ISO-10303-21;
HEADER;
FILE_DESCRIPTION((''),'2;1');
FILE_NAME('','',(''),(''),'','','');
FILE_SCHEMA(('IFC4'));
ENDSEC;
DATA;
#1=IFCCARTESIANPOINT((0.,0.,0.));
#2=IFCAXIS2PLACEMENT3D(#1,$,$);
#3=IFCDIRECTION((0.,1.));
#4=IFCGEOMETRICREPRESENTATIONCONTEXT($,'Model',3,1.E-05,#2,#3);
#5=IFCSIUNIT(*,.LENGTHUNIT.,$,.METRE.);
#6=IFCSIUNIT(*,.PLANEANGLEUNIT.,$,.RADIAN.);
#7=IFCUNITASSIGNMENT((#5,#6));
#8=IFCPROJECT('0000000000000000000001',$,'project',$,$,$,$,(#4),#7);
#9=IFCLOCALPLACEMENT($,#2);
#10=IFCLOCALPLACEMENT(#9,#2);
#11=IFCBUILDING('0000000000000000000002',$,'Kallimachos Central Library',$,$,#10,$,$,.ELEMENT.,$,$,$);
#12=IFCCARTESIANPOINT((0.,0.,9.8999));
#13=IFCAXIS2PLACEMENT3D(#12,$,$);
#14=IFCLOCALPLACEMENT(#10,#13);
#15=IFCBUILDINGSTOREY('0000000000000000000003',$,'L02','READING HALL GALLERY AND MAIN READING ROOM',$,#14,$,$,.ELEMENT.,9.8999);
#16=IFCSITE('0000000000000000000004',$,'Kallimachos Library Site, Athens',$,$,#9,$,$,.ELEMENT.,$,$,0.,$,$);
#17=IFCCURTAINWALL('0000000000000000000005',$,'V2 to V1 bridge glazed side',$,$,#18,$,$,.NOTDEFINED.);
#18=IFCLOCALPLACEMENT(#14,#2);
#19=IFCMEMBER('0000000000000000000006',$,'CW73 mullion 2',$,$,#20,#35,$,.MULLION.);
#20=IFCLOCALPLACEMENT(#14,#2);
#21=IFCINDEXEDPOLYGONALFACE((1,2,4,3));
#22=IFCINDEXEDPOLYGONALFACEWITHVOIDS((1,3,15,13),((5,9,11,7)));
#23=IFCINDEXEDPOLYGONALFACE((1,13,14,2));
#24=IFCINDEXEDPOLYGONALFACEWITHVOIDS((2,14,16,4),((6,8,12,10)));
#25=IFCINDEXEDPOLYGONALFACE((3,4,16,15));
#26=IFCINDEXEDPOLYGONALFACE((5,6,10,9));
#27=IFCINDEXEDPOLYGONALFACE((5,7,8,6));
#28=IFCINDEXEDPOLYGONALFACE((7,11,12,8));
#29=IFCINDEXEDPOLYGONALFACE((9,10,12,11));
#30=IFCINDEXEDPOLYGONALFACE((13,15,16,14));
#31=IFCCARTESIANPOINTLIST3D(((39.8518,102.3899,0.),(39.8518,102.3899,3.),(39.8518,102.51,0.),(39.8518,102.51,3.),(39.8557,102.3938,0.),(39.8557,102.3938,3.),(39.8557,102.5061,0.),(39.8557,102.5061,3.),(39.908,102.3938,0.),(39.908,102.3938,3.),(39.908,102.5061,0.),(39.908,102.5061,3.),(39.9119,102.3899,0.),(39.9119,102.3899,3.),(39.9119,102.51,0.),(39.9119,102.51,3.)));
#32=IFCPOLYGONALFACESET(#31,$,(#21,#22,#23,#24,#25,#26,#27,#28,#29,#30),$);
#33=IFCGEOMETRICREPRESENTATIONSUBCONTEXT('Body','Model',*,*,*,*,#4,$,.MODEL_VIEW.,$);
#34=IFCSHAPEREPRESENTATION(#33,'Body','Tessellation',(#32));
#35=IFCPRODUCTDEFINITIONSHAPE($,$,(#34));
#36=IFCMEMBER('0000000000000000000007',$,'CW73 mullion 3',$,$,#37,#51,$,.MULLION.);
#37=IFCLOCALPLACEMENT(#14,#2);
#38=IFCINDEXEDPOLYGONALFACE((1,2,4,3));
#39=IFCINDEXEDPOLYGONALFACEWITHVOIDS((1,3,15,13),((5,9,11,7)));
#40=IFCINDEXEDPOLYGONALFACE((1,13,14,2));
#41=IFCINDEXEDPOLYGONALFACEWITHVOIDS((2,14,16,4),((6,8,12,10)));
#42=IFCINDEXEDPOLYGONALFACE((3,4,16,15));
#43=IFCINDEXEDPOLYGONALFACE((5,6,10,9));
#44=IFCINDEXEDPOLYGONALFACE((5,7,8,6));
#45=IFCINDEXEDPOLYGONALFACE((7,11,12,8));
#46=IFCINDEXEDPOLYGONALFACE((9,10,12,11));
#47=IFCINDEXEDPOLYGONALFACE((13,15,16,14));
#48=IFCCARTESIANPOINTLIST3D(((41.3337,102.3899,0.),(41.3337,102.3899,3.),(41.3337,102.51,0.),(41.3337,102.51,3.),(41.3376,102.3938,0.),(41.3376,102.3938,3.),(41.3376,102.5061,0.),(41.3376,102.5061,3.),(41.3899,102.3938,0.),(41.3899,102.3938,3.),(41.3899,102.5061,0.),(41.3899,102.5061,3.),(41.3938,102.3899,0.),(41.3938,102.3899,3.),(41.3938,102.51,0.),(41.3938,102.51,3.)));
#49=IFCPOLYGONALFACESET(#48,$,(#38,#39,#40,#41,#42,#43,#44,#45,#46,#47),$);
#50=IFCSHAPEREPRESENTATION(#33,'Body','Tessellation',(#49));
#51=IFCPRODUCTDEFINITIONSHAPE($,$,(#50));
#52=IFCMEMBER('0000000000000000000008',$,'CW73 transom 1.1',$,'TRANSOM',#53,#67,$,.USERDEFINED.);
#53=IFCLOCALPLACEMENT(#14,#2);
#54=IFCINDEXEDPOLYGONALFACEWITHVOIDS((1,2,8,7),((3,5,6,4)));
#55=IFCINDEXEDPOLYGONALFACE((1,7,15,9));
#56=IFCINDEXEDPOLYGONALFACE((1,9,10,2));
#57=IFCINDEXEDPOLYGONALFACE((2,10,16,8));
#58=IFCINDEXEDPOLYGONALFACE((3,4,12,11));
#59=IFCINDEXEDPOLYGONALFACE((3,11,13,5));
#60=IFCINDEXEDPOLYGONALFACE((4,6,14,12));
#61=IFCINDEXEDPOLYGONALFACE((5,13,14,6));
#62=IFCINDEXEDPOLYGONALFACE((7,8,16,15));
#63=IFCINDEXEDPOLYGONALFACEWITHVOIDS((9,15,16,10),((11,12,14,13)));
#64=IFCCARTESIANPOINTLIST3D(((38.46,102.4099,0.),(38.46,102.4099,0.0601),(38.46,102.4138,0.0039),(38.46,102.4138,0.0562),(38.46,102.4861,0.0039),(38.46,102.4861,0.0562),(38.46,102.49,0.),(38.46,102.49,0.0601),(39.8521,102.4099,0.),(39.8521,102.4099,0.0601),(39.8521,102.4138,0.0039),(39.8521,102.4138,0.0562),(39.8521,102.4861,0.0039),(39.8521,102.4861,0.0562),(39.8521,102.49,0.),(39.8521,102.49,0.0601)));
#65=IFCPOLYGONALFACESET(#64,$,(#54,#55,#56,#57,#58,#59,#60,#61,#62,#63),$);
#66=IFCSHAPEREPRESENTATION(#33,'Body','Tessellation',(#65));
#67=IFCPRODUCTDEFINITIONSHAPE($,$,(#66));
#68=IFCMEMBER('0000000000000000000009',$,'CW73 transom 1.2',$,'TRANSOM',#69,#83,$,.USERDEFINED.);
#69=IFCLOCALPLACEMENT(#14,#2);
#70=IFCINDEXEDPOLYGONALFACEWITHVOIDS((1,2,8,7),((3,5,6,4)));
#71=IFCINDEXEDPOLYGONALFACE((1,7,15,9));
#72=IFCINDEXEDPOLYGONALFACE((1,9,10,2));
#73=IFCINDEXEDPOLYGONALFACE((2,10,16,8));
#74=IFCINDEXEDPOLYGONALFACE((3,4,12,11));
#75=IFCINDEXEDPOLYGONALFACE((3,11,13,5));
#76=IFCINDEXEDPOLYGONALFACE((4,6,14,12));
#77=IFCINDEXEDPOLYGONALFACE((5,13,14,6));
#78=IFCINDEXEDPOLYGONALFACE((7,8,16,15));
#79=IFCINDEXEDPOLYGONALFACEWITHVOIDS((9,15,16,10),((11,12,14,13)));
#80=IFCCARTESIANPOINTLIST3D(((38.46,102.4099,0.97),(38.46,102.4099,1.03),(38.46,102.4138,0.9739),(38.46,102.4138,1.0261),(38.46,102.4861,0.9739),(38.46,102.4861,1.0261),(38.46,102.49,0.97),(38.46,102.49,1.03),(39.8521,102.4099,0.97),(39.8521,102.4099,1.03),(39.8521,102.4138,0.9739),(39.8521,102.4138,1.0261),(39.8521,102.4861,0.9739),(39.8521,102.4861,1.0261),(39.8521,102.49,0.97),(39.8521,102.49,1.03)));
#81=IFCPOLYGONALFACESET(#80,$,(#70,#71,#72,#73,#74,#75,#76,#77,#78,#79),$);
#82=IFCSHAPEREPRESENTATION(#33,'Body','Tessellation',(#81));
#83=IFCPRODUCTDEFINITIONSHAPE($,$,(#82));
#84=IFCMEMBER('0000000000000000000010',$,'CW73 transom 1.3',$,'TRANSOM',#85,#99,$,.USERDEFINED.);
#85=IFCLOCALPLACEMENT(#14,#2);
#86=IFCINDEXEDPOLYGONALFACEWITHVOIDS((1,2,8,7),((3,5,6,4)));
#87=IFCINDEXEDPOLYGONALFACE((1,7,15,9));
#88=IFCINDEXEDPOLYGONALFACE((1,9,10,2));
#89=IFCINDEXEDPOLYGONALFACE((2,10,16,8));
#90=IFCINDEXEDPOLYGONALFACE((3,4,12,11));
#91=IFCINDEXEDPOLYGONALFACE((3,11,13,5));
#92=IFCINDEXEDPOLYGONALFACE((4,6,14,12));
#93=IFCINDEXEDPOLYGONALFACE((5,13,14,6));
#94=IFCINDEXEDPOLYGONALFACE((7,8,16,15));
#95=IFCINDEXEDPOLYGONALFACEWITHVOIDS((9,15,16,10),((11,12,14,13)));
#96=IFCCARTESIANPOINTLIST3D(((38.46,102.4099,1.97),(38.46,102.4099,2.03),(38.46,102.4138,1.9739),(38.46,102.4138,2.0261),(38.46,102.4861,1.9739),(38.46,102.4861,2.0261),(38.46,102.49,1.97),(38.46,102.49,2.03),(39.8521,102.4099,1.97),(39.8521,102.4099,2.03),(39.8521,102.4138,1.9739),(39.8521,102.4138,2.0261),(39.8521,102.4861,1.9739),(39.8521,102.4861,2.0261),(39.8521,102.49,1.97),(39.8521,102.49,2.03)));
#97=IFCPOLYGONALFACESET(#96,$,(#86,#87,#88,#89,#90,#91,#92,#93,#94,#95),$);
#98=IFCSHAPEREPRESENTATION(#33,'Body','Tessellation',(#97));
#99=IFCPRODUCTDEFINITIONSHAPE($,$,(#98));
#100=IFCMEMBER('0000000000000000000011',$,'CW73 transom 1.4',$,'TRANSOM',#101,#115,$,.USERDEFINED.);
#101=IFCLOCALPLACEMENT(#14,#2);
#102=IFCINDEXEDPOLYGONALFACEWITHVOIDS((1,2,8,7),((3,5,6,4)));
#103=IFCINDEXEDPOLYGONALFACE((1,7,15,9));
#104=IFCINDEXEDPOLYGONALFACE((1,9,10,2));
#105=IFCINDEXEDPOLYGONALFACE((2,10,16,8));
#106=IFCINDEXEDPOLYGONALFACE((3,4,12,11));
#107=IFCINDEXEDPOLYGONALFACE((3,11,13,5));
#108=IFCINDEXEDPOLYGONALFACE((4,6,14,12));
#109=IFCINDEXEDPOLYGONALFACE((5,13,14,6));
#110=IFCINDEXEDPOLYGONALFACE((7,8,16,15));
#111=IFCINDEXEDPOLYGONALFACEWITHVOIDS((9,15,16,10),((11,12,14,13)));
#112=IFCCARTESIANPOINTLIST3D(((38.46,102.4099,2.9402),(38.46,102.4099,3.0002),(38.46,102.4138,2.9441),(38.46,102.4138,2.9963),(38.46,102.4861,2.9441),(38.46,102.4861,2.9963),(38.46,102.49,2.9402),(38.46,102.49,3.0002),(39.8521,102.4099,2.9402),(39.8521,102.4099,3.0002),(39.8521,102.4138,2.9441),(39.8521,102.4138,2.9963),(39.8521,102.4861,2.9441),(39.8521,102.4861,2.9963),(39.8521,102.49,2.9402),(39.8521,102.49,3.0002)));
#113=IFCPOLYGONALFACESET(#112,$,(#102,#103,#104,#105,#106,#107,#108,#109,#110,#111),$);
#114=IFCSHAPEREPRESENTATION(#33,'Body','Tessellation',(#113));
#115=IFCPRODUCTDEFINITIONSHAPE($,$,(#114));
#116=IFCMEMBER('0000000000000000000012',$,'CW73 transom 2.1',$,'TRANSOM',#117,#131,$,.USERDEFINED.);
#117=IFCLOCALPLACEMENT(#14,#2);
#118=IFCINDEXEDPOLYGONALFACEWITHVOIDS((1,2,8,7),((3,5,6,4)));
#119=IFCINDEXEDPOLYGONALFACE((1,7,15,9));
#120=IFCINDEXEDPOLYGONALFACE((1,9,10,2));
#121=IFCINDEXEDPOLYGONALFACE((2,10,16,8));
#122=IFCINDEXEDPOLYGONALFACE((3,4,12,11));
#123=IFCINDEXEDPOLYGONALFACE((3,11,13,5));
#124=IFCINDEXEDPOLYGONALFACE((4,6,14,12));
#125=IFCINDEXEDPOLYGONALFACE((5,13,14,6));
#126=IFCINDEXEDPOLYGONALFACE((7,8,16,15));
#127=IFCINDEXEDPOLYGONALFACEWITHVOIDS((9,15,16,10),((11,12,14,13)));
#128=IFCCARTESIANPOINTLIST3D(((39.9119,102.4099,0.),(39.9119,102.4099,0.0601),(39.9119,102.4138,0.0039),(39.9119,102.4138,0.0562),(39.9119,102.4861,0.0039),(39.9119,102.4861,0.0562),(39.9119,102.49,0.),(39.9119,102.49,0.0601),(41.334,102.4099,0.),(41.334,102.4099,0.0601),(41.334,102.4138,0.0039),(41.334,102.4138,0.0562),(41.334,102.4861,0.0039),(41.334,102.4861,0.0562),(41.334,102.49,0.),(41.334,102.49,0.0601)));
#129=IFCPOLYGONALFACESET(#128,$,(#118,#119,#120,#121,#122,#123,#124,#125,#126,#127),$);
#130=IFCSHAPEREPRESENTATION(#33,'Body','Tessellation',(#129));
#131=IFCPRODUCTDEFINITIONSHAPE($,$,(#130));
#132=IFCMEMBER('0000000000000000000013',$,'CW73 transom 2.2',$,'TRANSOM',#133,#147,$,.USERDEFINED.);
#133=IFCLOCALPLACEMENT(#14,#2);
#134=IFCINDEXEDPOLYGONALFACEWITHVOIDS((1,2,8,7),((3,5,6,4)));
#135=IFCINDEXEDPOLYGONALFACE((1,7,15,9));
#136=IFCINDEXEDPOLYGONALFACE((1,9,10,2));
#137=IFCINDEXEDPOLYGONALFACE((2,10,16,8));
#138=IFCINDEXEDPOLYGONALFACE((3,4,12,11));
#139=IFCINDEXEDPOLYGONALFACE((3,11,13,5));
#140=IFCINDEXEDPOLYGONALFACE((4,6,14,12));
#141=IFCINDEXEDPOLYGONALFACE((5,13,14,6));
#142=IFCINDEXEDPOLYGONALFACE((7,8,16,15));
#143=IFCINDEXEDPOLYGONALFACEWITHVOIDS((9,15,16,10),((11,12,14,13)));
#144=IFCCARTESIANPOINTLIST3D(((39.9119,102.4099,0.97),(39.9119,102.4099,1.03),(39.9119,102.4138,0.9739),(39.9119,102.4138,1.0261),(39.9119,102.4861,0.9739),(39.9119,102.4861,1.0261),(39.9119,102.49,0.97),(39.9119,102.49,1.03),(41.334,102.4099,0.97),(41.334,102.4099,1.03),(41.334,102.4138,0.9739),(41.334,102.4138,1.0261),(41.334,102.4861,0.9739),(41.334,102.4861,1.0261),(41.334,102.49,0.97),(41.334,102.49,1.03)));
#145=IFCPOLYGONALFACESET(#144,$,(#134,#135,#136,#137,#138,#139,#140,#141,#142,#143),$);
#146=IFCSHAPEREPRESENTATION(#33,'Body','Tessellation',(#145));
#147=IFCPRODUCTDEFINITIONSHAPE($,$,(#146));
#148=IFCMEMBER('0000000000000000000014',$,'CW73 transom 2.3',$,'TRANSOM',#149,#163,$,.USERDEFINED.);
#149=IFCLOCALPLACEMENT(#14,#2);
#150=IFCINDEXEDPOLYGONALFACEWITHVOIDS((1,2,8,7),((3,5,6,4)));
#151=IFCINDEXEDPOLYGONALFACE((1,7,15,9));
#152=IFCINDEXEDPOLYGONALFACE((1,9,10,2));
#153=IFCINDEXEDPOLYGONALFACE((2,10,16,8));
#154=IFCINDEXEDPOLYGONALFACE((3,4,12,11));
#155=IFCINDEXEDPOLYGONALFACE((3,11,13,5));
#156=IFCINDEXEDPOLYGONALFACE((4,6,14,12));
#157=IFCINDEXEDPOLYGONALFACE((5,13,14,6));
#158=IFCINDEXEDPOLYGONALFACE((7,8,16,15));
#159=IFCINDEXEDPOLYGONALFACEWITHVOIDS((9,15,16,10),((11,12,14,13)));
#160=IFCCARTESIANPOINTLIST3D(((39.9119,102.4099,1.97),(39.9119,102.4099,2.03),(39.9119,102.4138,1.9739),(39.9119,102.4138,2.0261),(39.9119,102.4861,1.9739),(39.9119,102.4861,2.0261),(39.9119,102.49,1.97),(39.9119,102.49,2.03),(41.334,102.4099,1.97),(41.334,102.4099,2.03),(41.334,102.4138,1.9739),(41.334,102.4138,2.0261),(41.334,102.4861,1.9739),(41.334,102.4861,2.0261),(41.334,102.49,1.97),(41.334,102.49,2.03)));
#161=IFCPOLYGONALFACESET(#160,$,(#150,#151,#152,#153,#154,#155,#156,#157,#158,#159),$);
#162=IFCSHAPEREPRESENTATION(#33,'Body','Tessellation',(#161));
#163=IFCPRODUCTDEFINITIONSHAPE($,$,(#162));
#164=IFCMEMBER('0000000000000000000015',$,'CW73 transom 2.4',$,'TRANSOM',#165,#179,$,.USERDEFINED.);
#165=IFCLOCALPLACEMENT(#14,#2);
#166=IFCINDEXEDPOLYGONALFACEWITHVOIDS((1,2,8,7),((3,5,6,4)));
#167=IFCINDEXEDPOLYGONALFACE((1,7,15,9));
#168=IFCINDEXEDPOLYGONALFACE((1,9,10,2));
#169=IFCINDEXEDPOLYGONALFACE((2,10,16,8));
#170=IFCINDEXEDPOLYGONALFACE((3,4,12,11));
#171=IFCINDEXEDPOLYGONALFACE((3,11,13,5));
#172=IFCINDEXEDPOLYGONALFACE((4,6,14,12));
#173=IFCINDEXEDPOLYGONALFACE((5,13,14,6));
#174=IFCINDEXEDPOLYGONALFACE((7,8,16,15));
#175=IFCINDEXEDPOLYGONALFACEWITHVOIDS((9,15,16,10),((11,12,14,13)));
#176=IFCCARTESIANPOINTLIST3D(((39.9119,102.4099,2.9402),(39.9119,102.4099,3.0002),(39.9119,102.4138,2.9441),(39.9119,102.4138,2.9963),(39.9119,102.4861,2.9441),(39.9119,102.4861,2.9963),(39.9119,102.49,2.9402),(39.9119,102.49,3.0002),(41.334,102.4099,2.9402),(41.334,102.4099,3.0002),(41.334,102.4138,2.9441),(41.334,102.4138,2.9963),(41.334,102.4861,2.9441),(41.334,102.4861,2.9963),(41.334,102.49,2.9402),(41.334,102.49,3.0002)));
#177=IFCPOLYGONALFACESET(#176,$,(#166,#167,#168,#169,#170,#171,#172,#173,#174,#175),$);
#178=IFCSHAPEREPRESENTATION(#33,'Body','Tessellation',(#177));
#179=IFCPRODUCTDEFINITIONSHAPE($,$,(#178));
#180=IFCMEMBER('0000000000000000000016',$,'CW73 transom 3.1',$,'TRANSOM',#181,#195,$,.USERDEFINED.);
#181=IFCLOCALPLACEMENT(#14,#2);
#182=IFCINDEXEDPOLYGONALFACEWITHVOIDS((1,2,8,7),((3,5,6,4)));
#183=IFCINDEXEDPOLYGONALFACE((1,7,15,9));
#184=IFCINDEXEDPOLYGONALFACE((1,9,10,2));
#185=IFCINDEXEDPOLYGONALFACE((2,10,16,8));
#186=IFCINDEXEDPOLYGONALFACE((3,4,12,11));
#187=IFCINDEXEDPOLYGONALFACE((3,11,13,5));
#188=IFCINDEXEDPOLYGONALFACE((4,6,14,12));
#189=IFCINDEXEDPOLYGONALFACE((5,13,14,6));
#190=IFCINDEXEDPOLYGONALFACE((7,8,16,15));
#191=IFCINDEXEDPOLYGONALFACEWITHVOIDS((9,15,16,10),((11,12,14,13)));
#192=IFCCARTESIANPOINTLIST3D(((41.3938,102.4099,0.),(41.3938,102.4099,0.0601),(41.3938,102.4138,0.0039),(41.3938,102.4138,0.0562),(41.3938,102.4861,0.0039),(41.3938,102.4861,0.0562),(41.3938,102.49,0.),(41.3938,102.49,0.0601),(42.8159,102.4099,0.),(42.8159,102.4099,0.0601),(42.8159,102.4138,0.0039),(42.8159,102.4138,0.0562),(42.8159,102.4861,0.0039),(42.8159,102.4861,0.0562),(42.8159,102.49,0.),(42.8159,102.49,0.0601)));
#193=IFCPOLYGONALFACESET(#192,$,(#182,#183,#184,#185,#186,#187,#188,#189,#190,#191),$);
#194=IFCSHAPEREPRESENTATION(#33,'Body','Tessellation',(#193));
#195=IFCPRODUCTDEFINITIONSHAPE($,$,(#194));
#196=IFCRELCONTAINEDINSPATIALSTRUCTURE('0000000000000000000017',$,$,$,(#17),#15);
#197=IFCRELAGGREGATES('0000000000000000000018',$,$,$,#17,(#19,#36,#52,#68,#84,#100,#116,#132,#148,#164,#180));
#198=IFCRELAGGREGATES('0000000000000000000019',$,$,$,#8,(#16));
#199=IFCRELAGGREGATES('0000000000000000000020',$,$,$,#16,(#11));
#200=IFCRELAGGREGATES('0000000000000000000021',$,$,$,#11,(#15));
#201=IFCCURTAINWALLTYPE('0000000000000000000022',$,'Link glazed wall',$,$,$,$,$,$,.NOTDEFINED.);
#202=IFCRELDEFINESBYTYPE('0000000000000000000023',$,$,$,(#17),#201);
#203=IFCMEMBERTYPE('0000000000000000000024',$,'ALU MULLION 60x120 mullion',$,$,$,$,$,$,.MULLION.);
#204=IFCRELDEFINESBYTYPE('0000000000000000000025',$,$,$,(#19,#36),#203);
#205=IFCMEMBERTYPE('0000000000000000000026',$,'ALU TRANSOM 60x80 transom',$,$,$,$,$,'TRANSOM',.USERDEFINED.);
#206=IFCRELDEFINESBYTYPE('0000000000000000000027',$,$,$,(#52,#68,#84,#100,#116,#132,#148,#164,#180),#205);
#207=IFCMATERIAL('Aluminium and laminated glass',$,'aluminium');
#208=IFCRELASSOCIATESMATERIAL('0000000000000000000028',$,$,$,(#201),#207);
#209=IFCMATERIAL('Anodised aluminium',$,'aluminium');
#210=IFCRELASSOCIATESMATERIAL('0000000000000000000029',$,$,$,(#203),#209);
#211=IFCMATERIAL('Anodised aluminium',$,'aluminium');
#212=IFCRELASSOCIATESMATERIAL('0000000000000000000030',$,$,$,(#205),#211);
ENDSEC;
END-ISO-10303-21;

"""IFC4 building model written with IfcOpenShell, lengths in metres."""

from ifc_helpers import new_model, si_unit, direction, frame, origin, origin_2d, place, context, subcontext, project, spatial, hollow_rectangle, extrude, material, material_profile, profile_set, type_object, element, aggregate, save


model = new_model("IFC4")

# Units and contexts
model_context = context("Model", 3, precision=1e-05, world=origin(), true_north=direction((0.0, 1.0)))
body_context = subcontext(model_context, "Body", "Model", "MODEL_VIEW")
ifc_project = project(units=[si_unit("LENGTHUNIT", "METRE"), si_unit("PLANEANGLEUNIT", "RADIAN")], contexts=[model_context])

# Site, building, storey
site_placement = place(None, origin())
site = spatial("IfcSite", under=ifc_project, at=site_placement, Name="Kallimachos Library Site, Athens", CompositionType="ELEMENT", RefElevation=0.0)
building_placement = place(site_placement, origin())
building = spatial("IfcBuilding", under=site, at=building_placement, Name="Kallimachos Central Library", CompositionType="ELEMENT")
storey_placement = place(building_placement, frame((0.0, 0.0, 9.8999)))
storey = spatial("IfcBuildingStorey", under=building, at=storey_placement, Name="L02", Description="READING HALL GALLERY AND MAIN READING ROOM", CompositionType="ELEMENT", Elevation=9.8999)

# Curtain wall, members
ifc_material_1 = material(Name="Aluminium and laminated glass", Category="aluminium")
curtain_wall_type = type_object("IfcCurtainWallType", Name="Link glazed wall", PredefinedType="NOTDEFINED", material=ifc_material_1)
curtain_wall_placement = place(storey_placement, origin())
curtain_wall = element("IfcCurtainWall", 1, at=curtain_wall_placement, inside=storey, type_object=curtain_wall_type, Name="V2 to V1 bridge glazed side", PredefinedType="NOTDEFINED")
ifc_material_2 = material(Name="Anodised aluminium", Category="aluminium")
ifc_material_profile_1 = material_profile(ifc_material_2, hollow_rectangle(XDim=0.0601, YDim=0.1201, WallThickness=0.0039, at=origin_2d()), Name="ALU MULLION 60x120")
ifc_profile_set_1 = profile_set([ifc_material_profile_1], Name="Anodised aluminium")
member_type_1 = type_object("IfcMemberType", Name="ALU MULLION 60x120 mullion", PredefinedType="MULLION", material=ifc_profile_set_1)
member_1_placement = place(storey_placement, frame((39.8818, 102.45, 0.0), z_axis=(0.0, 0.0, 1.0), x_axis=(1.0, 0.0, 0.0)))
member_1 = element("IfcMember", 2, at=member_1_placement, type_object=member_type_1, Name="CW73 mullion 2", PredefinedType="MULLION", context=body_context, shape_type="SweptSolid", body=[
    extrude(hollow_rectangle(XDim=0.0601, YDim=0.1201, WallThickness=0.0039, at=origin_2d()), origin(), (0.0, 0.0, 1.0), 3.0),
])
member_2_placement = place(storey_placement, frame((41.3638, 102.45, 0.0), z_axis=(0.0, 0.0, 1.0), x_axis=(1.0, 0.0, 0.0)))
member_2 = element("IfcMember", 3, at=member_2_placement, type_object=member_type_1, Name="CW73 mullion 3", PredefinedType="MULLION", context=body_context, shape_type="SweptSolid", body=[
    extrude(hollow_rectangle(XDim=0.0601, YDim=0.1201, WallThickness=0.0039, at=origin_2d()), origin(), (0.0, 0.0, 1.0), 3.0),
])
ifc_material_3 = material(Name="Anodised aluminium", Category="aluminium")
ifc_material_profile_2 = material_profile(ifc_material_3, hollow_rectangle(XDim=0.0601, YDim=0.0801, WallThickness=0.0039, at=origin_2d()), Name="ALU TRANSOM 60x80")
ifc_profile_set_2 = profile_set([ifc_material_profile_2], Name="Anodised aluminium")
member_type_2 = type_object("IfcMemberType", Name="ALU TRANSOM 60x80 transom", ElementType="TRANSOM", PredefinedType="USERDEFINED", material=ifc_profile_set_2)
member_3_placement = place(storey_placement, frame((38.46, 102.45, 0.03), z_axis=(1.0, 0.0, 0.0), x_axis=(0.0, 0.0, 1.0)))
member_3 = element("IfcMember", 4, at=member_3_placement, type_object=member_type_2, Name="CW73 transom 1.1", ObjectType="TRANSOM", PredefinedType="USERDEFINED", context=body_context, shape_type="SweptSolid", body=[
    extrude(hollow_rectangle(XDim=0.0601, YDim=0.0801, WallThickness=0.0039, at=origin_2d()), origin(), (0.0, 0.0, 1.0), 1.3921),
])
member_4_placement = place(storey_placement, frame((38.46, 102.45, 1.0), z_axis=(1.0, 0.0, 0.0), x_axis=(0.0, 0.0, 1.0)))
member_4 = element("IfcMember", 5, at=member_4_placement, type_object=member_type_2, Name="CW73 transom 1.2", ObjectType="TRANSOM", PredefinedType="USERDEFINED", context=body_context, shape_type="SweptSolid", body=[
    extrude(hollow_rectangle(XDim=0.0601, YDim=0.0801, WallThickness=0.0039, at=origin_2d()), origin(), (0.0, 0.0, 1.0), 1.3921),
])
member_5_placement = place(storey_placement, frame((38.46, 102.45, 2.0), z_axis=(1.0, 0.0, 0.0), x_axis=(0.0, 0.0, 1.0)))
member_5 = element("IfcMember", 6, at=member_5_placement, type_object=member_type_2, Name="CW73 transom 1.3", ObjectType="TRANSOM", PredefinedType="USERDEFINED", context=body_context, shape_type="SweptSolid", body=[
    extrude(hollow_rectangle(XDim=0.0601, YDim=0.0801, WallThickness=0.0039, at=origin_2d()), origin(), (0.0, 0.0, 1.0), 1.3921),
])
member_6_placement = place(storey_placement, frame((38.46, 102.45, 2.9702), z_axis=(1.0, 0.0, 0.0), x_axis=(0.0, 0.0, 1.0)))
member_6 = element("IfcMember", 7, at=member_6_placement, type_object=member_type_2, Name="CW73 transom 1.4", ObjectType="TRANSOM", PredefinedType="USERDEFINED", context=body_context, shape_type="SweptSolid", body=[
    extrude(hollow_rectangle(XDim=0.0601, YDim=0.0801, WallThickness=0.0039, at=origin_2d()), origin(), (0.0, 0.0, 1.0), 1.3921),
])
member_7_placement = place(storey_placement, frame((39.9119, 102.45, 0.03), z_axis=(1.0, 0.0, 0.0), x_axis=(0.0, 0.0, 1.0)))
member_7 = element("IfcMember", 8, at=member_7_placement, type_object=member_type_2, Name="CW73 transom 2.1", ObjectType="TRANSOM", PredefinedType="USERDEFINED", context=body_context, shape_type="SweptSolid", body=[
    extrude(hollow_rectangle(XDim=0.0601, YDim=0.0801, WallThickness=0.0039, at=origin_2d()), origin(), (0.0, 0.0, 1.0), 1.4221),
])
member_8_placement = place(storey_placement, frame((39.9119, 102.45, 1.0), z_axis=(1.0, 0.0, 0.0), x_axis=(0.0, 0.0, 1.0)))
member_8 = element("IfcMember", 9, at=member_8_placement, type_object=member_type_2, Name="CW73 transom 2.2", ObjectType="TRANSOM", PredefinedType="USERDEFINED", context=body_context, shape_type="SweptSolid", body=[
    extrude(hollow_rectangle(XDim=0.0601, YDim=0.0801, WallThickness=0.0039, at=origin_2d()), origin(), (0.0, 0.0, 1.0), 1.4221),
])
member_9_placement = place(storey_placement, frame((39.9119, 102.45, 2.0), z_axis=(1.0, 0.0, 0.0), x_axis=(0.0, 0.0, 1.0)))
member_9 = element("IfcMember", 10, at=member_9_placement, type_object=member_type_2, Name="CW73 transom 2.3", ObjectType="TRANSOM", PredefinedType="USERDEFINED", context=body_context, shape_type="SweptSolid", body=[
    extrude(hollow_rectangle(XDim=0.0601, YDim=0.0801, WallThickness=0.0039, at=origin_2d()), origin(), (0.0, 0.0, 1.0), 1.4221),
])
member_10_placement = place(storey_placement, frame((39.9119, 102.45, 2.9702), z_axis=(1.0, 0.0, 0.0), x_axis=(0.0, 0.0, 1.0)))
member_10 = element("IfcMember", 11, at=member_10_placement, type_object=member_type_2, Name="CW73 transom 2.4", ObjectType="TRANSOM", PredefinedType="USERDEFINED", context=body_context, shape_type="SweptSolid", body=[
    extrude(hollow_rectangle(XDim=0.0601, YDim=0.0801, WallThickness=0.0039, at=origin_2d()), origin(), (0.0, 0.0, 1.0), 1.4221),
])
member_11_placement = place(storey_placement, frame((41.3938, 102.45, 0.03), z_axis=(1.0, 0.0, 0.0), x_axis=(0.0, 0.0, 1.0)))
member_11 = element("IfcMember", 12, at=member_11_placement, type_object=member_type_2, Name="CW73 transom 3.1", ObjectType="TRANSOM", PredefinedType="USERDEFINED", context=body_context, shape_type="SweptSolid", body=[
    extrude(hollow_rectangle(XDim=0.0601, YDim=0.0801, WallThickness=0.0039, at=origin_2d()), origin(), (0.0, 0.0, 1.0), 1.4221),
])

aggregate(curtain_wall, [member_1, member_2, member_3, member_4, member_5, member_6, member_7, member_8, member_9, member_10, member_11])

save(model, "model.ifc")
